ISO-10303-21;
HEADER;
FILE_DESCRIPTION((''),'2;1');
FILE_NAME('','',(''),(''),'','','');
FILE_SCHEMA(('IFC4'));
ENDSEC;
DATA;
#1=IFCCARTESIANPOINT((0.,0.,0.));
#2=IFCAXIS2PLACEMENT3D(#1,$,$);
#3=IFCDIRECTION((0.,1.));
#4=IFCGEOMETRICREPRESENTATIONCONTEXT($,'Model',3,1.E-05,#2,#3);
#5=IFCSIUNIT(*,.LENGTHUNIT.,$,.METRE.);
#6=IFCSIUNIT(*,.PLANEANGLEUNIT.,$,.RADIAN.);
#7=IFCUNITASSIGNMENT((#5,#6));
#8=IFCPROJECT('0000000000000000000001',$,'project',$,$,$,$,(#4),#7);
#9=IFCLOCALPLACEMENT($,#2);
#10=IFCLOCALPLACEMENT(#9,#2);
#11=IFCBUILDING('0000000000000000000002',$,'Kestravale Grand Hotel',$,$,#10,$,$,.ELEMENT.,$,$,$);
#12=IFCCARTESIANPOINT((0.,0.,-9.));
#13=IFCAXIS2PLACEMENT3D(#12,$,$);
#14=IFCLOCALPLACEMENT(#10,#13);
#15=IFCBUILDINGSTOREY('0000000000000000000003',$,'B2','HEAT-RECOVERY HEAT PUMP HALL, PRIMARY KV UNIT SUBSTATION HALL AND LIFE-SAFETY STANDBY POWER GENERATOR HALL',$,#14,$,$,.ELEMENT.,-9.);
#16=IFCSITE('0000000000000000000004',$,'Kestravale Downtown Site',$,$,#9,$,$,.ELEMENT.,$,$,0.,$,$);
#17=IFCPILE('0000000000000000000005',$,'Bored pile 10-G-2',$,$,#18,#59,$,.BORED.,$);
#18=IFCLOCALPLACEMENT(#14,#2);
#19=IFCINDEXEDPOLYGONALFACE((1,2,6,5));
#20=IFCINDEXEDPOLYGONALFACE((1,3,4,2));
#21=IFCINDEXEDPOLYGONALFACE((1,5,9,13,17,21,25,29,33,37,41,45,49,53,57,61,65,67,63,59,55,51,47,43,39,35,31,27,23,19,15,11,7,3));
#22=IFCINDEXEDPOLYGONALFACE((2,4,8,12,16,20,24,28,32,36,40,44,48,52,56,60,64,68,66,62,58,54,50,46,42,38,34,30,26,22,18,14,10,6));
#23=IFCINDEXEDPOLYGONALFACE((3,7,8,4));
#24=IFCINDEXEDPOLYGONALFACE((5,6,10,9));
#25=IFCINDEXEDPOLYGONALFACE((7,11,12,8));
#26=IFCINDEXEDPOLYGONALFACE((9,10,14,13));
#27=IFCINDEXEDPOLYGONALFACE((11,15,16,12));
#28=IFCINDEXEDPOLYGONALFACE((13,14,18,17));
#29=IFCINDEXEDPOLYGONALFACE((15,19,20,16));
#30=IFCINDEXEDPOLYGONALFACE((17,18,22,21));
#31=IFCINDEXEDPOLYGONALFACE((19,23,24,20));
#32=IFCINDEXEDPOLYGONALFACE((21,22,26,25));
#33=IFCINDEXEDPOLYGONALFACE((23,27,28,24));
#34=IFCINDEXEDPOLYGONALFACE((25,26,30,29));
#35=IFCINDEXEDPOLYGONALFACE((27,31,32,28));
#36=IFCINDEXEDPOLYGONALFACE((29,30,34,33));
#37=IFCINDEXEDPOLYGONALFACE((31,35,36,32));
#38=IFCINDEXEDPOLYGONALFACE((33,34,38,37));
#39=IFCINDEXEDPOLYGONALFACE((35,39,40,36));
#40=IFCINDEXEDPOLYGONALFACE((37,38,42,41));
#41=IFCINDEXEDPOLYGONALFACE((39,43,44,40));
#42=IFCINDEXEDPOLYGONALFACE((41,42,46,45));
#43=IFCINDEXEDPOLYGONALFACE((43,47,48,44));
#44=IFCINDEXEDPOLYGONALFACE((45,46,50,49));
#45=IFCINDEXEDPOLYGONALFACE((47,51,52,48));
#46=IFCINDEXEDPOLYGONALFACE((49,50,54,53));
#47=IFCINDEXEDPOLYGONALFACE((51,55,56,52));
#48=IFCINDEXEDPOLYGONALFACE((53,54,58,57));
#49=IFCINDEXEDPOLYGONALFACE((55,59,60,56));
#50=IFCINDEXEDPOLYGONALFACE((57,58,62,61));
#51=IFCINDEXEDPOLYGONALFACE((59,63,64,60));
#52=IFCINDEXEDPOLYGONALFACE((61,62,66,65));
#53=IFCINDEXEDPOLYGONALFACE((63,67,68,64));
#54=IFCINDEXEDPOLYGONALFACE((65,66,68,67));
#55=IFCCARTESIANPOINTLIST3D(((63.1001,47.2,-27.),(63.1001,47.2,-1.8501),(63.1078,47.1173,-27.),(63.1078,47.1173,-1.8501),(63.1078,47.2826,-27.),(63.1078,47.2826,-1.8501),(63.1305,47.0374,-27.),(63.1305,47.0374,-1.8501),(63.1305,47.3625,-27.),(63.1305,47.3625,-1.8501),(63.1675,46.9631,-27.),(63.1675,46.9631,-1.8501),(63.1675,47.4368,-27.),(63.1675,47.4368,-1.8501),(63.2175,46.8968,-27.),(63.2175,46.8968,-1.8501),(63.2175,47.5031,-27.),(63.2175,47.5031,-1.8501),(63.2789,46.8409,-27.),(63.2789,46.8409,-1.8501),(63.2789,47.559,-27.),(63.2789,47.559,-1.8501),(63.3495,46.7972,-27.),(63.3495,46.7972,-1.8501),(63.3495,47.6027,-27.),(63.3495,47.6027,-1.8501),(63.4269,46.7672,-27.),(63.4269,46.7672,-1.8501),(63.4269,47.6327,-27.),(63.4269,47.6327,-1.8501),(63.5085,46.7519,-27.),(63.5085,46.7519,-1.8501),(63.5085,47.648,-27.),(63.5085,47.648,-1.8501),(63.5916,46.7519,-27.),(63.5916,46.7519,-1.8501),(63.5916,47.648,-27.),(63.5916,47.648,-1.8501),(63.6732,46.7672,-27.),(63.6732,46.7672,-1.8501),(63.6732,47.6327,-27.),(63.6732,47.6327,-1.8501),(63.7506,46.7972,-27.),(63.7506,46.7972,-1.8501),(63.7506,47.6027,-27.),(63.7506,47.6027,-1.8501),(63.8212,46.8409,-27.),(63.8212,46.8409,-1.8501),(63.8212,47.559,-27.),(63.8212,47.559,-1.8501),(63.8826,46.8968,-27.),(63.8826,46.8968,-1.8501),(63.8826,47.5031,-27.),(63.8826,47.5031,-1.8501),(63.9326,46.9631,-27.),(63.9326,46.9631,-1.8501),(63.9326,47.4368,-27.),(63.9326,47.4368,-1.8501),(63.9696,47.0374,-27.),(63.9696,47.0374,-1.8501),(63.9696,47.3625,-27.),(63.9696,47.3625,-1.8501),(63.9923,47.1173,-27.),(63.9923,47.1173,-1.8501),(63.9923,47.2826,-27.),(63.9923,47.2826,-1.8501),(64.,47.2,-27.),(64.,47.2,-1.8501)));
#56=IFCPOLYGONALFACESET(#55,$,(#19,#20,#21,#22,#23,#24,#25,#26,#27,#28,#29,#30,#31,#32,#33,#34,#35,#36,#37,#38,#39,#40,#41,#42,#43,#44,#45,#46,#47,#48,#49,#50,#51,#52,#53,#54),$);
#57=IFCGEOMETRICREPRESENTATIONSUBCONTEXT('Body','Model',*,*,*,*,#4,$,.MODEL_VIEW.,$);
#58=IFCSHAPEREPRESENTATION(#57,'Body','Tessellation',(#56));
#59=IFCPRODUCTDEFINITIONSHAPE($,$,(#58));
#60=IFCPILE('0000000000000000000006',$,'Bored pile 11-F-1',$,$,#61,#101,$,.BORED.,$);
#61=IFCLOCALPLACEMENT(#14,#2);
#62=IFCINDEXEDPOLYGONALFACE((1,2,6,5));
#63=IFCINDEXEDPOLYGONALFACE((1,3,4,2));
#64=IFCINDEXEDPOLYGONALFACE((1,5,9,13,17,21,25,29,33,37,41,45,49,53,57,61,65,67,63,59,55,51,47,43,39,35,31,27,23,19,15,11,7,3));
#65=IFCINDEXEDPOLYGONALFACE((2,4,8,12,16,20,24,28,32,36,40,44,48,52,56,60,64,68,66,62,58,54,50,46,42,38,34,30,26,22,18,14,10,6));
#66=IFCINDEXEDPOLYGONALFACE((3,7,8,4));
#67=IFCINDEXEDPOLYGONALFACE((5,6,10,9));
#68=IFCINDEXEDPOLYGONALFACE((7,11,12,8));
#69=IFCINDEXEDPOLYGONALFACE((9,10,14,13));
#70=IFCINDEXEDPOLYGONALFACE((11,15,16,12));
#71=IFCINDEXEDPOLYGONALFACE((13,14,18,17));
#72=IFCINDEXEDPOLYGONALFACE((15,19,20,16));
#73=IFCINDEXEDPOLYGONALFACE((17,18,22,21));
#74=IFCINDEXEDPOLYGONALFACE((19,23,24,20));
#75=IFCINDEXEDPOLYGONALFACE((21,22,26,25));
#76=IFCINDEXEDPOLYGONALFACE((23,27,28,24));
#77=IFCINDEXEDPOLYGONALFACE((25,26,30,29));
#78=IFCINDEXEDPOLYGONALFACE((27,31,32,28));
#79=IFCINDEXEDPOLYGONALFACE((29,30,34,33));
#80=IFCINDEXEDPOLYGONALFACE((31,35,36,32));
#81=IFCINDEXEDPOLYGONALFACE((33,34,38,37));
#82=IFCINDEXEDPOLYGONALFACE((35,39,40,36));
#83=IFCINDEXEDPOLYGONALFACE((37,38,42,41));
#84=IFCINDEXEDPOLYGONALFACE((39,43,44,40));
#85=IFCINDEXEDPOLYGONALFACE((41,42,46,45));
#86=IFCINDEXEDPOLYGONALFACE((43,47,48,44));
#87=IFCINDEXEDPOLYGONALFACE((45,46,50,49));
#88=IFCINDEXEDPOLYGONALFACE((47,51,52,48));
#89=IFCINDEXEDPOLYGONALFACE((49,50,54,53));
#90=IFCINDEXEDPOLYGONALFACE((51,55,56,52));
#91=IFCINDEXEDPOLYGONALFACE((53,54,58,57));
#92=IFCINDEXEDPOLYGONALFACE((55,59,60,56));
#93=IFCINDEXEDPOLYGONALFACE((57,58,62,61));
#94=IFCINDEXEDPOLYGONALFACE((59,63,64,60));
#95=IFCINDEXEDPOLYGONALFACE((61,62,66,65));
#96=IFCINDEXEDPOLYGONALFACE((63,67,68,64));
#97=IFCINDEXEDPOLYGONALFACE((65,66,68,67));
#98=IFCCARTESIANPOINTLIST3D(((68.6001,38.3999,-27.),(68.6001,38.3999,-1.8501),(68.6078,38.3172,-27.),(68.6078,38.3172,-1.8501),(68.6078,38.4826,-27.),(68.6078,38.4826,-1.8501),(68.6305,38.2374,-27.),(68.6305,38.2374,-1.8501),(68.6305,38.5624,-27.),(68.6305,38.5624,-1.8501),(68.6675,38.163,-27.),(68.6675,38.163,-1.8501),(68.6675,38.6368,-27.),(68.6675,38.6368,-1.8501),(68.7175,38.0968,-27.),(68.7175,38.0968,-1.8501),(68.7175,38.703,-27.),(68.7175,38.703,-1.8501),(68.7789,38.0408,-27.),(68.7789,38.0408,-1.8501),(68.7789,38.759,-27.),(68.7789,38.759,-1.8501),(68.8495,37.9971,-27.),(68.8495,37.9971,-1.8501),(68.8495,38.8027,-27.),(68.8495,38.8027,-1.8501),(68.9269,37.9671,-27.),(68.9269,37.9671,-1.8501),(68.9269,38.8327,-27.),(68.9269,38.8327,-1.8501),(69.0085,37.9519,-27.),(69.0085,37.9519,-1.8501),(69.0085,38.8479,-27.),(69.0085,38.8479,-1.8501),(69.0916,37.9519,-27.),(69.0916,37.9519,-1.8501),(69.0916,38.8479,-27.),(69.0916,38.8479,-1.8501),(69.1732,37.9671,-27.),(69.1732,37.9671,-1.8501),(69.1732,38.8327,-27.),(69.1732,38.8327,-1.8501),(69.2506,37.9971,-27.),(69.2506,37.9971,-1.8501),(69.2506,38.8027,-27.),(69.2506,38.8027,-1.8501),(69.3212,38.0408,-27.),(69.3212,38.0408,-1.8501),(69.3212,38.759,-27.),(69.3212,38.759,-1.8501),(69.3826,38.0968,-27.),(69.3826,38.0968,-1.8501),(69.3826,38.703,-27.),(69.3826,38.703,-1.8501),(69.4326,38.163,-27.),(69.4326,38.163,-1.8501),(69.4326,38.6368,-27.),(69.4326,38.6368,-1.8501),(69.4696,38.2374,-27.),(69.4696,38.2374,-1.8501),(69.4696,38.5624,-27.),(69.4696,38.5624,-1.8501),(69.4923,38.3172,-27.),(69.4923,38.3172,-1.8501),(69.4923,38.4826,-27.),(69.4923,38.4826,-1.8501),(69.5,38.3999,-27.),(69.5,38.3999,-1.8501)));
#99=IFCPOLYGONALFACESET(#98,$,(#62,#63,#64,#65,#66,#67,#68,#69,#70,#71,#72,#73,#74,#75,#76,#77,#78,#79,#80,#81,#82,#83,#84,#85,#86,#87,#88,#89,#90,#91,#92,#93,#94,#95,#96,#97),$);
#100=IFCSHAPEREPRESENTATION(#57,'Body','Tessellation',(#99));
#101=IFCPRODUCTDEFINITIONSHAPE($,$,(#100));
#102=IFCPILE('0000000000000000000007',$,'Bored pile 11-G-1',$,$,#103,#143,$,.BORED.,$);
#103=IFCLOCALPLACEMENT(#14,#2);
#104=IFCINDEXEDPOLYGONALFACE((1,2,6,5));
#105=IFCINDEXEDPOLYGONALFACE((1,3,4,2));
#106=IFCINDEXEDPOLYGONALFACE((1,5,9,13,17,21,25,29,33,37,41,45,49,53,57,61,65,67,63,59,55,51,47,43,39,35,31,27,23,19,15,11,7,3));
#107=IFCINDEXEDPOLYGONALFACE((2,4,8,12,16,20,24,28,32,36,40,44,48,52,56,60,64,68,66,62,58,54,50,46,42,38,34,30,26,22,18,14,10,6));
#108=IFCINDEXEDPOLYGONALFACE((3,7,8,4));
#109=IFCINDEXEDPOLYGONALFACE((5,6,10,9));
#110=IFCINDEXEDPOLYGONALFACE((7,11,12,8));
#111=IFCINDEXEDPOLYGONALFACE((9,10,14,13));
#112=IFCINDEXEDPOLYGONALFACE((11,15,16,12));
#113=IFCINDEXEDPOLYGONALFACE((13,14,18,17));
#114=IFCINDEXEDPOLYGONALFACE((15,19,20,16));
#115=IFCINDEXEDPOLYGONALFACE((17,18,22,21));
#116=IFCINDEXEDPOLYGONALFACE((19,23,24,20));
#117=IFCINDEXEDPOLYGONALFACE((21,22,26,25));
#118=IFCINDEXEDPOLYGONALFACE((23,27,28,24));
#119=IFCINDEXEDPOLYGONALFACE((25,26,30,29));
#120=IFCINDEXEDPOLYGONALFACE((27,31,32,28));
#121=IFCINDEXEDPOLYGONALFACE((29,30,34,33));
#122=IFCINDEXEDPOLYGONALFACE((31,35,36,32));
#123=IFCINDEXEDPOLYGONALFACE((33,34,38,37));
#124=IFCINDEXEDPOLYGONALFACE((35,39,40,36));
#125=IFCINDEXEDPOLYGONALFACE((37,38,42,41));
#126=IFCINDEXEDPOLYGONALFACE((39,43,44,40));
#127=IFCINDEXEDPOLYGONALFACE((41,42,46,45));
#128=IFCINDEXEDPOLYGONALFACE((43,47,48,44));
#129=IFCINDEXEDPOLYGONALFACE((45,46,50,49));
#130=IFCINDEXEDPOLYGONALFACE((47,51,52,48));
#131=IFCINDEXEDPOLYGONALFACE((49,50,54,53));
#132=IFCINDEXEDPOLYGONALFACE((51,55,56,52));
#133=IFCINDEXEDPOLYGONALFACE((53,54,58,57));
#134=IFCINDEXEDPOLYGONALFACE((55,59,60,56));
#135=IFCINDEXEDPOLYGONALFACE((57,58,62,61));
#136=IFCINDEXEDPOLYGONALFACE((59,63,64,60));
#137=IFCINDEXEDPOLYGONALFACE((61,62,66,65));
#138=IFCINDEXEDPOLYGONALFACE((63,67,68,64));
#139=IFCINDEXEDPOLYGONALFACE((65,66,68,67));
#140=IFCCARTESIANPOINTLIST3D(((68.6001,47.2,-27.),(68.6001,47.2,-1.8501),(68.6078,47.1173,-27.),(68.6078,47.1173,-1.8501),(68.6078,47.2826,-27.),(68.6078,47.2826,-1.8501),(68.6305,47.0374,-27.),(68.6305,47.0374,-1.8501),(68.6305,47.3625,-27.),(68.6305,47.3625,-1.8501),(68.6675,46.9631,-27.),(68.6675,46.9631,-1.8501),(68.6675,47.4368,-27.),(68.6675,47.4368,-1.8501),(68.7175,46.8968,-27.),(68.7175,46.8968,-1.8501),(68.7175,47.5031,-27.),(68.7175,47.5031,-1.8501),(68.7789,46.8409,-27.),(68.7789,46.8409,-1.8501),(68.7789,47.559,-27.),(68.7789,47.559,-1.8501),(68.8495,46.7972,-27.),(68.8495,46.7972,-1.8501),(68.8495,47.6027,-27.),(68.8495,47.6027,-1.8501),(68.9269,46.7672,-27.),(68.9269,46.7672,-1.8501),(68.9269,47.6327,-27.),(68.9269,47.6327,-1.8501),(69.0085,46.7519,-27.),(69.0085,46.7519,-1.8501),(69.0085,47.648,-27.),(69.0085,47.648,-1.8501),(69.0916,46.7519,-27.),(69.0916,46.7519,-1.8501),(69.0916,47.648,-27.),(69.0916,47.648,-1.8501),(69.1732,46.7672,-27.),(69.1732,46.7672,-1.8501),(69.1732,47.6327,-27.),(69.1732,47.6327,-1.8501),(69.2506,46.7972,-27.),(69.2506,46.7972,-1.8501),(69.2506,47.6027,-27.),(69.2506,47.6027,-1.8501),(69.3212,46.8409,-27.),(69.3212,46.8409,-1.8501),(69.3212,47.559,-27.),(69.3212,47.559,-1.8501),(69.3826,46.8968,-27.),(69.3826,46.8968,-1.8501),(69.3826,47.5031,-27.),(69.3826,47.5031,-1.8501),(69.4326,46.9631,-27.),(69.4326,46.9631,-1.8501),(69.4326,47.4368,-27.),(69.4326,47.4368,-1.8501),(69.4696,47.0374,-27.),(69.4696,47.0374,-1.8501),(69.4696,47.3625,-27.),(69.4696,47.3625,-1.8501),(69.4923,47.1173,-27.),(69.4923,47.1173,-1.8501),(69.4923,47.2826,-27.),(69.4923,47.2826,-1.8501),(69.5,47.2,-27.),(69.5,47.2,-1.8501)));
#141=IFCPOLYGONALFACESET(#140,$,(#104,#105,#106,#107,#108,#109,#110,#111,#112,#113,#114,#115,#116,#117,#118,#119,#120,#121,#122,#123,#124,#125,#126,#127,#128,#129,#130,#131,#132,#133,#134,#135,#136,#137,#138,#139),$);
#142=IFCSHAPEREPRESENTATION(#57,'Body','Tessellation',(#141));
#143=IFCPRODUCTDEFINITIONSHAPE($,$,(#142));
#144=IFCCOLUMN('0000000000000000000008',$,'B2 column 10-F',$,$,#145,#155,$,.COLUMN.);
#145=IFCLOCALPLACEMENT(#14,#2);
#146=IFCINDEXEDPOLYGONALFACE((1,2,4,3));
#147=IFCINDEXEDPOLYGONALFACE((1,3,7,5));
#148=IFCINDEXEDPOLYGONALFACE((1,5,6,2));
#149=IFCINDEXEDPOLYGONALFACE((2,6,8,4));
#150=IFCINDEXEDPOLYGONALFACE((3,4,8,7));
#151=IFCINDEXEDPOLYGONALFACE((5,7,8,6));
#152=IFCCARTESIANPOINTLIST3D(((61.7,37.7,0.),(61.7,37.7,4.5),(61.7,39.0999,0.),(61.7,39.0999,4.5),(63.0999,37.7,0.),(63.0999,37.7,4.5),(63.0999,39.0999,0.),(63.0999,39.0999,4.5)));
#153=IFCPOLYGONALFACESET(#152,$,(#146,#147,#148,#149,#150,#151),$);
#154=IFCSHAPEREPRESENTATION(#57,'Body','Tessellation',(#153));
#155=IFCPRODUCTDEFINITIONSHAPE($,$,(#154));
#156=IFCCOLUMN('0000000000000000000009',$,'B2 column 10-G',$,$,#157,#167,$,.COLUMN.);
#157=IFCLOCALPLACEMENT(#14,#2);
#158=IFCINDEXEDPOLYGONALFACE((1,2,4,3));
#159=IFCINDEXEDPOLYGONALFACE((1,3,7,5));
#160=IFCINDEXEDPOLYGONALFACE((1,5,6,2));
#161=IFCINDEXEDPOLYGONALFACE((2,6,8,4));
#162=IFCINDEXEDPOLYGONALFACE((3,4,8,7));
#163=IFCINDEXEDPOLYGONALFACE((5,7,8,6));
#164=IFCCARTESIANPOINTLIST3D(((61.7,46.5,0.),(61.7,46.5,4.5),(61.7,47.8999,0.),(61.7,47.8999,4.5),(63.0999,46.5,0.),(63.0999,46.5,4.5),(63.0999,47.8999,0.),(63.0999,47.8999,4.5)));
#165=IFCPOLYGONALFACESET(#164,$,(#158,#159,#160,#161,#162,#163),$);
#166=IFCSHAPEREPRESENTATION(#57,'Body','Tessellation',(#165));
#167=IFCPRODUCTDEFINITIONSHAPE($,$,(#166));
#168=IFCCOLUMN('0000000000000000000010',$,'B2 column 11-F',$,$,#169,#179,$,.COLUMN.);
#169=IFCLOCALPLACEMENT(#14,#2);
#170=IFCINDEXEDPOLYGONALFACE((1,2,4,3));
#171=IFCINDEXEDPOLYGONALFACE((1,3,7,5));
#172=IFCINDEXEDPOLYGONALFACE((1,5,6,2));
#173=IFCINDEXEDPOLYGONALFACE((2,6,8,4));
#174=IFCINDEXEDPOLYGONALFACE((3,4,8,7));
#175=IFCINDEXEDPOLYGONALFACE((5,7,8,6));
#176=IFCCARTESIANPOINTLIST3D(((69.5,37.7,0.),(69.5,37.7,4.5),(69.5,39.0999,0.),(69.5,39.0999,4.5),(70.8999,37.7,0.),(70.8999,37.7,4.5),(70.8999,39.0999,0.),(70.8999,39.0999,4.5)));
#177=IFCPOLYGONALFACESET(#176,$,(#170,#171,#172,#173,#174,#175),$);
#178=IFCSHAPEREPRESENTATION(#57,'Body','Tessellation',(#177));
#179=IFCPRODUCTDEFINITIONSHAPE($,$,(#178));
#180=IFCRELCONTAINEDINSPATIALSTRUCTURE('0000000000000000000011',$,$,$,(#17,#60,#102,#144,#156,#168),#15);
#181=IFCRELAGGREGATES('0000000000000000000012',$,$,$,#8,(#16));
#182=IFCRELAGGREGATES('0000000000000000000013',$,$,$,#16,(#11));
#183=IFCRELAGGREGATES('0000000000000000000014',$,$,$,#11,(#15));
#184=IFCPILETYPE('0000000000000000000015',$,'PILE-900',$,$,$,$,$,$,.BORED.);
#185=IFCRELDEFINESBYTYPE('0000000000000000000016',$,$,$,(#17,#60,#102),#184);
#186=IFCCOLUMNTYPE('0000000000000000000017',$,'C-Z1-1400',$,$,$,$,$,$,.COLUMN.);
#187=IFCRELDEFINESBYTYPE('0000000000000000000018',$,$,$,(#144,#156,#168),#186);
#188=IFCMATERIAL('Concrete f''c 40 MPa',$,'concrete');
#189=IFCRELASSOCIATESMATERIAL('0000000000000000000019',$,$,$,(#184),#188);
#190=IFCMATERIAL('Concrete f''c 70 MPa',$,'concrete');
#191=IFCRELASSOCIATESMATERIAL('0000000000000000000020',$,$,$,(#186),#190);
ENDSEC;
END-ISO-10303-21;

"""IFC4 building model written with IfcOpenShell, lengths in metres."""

from ifc_helpers import new_model, si_unit, direction, frame, origin, origin_2d, place, context, subcontext, project, spatial, rectangle, circle, extrude, material, material_profile, profile_set, type_object, element, save


model = new_model("IFC4")

# Units and contexts
model_context = context("Model", 3, precision=1e-05, world=origin(), true_north=direction((0.0, 1.0)))
body_context = subcontext(model_context, "Body", "Model", "MODEL_VIEW")
ifc_project = project(units=[si_unit("LENGTHUNIT", "METRE"), si_unit("PLANEANGLEUNIT", "RADIAN")], contexts=[model_context])

# Site, building, storey
site_placement = place(None, origin())
site = spatial("IfcSite", under=ifc_project, at=site_placement, Name="Kestravale Downtown Site", CompositionType="ELEMENT", RefElevation=0.0)
building_placement = place(site_placement, origin())
building = spatial("IfcBuilding", under=site, at=building_placement, Name="Kestravale Grand Hotel", CompositionType="ELEMENT")
storey_placement = place(building_placement, frame((0.0, 0.0, -9.0)))
storey = spatial("IfcBuildingStorey", under=building, at=storey_placement, Name="B2", Description="HEAT-RECOVERY HEAT PUMP HALL, PRIMARY KV UNIT SUBSTATION HALL AND LIFE-SAFETY STANDBY POWER GENERATOR HALL", CompositionType="ELEMENT", Elevation=-9.0)

# Piles
ifc_material_1 = material(Name="Concrete f'c 40 MPa", Category="concrete")
ifc_material_profile_1 = material_profile(ifc_material_1, circle(Radius=0.45, at=origin_2d()))
ifc_profile_set_1 = profile_set([ifc_material_profile_1], Name="Concrete f'c 40 MPa")
pile_type = type_object("IfcPileType", Name="PILE-900", PredefinedType="BORED", material=ifc_profile_set_1)
for number, where, z_axis, x_axis, name in (
    (1, (63.55, 47.2, -1.8501), (0.0, 0.0, -1.0), (1.0, 0.0, 0.0), "Bored pile 10-G-2"),
    (2, (69.05, 38.3999, -1.8501), (0.0, 0.0, -1.0), (1.0, 0.0, 0.0), "Bored pile 11-F-1"),
    (3, (69.05, 47.2, -1.8501), (0.0, 0.0, -1.0), (1.0, 0.0, 0.0), "Bored pile 11-G-1"),
):
    element("IfcPile", number, at=place(storey_placement, frame(where, z_axis=z_axis, x_axis=x_axis)), inside=storey, type_object=pile_type, Name=name, PredefinedType="BORED", context=body_context, shape_type="SweptSolid", body=[
        extrude(circle(Radius=0.45, at=origin_2d()), origin(), (0.0, 0.0, 1.0), 25.1499),
    ])

# Columns
ifc_material_2 = material(Name="Concrete f'c 70 MPa", Category="concrete")
ifc_material_profile_2 = material_profile(ifc_material_2, rectangle(XDim=1.3999, YDim=1.3999, at=origin_2d()))
ifc_profile_set_2 = profile_set([ifc_material_profile_2], Name="Concrete f'c 70 MPa")
column_type = type_object("IfcColumnType", Name="C-Z1-1400", PredefinedType="COLUMN", material=ifc_profile_set_2)
for number, where, z_axis, x_axis, name in (
    (4, (62.3999, 38.3999, 0.0), (0.0, 0.0, 1.0), (1.0, 0.0, 0.0), "B2 column 10-F"),
    (5, (62.3999, 47.2, 0.0), (0.0, 0.0, 1.0), (1.0, 0.0, 0.0), "B2 column 10-G"),
    (6, (70.2, 38.3999, 0.0), (0.0, 0.0, 1.0), (1.0, 0.0, 0.0), "B2 column 11-F"),
):
    element("IfcColumn", number, at=place(storey_placement, frame(where, z_axis=z_axis, x_axis=x_axis)), inside=storey, type_object=column_type, Name=name, PredefinedType="COLUMN", context=body_context, shape_type="SweptSolid", body=[
        extrude(rectangle(XDim=1.3999, YDim=1.3999, at=origin_2d()), origin(), (0.0, 0.0, 1.0), 4.5),
    ])

save(model, "model.ifc")
